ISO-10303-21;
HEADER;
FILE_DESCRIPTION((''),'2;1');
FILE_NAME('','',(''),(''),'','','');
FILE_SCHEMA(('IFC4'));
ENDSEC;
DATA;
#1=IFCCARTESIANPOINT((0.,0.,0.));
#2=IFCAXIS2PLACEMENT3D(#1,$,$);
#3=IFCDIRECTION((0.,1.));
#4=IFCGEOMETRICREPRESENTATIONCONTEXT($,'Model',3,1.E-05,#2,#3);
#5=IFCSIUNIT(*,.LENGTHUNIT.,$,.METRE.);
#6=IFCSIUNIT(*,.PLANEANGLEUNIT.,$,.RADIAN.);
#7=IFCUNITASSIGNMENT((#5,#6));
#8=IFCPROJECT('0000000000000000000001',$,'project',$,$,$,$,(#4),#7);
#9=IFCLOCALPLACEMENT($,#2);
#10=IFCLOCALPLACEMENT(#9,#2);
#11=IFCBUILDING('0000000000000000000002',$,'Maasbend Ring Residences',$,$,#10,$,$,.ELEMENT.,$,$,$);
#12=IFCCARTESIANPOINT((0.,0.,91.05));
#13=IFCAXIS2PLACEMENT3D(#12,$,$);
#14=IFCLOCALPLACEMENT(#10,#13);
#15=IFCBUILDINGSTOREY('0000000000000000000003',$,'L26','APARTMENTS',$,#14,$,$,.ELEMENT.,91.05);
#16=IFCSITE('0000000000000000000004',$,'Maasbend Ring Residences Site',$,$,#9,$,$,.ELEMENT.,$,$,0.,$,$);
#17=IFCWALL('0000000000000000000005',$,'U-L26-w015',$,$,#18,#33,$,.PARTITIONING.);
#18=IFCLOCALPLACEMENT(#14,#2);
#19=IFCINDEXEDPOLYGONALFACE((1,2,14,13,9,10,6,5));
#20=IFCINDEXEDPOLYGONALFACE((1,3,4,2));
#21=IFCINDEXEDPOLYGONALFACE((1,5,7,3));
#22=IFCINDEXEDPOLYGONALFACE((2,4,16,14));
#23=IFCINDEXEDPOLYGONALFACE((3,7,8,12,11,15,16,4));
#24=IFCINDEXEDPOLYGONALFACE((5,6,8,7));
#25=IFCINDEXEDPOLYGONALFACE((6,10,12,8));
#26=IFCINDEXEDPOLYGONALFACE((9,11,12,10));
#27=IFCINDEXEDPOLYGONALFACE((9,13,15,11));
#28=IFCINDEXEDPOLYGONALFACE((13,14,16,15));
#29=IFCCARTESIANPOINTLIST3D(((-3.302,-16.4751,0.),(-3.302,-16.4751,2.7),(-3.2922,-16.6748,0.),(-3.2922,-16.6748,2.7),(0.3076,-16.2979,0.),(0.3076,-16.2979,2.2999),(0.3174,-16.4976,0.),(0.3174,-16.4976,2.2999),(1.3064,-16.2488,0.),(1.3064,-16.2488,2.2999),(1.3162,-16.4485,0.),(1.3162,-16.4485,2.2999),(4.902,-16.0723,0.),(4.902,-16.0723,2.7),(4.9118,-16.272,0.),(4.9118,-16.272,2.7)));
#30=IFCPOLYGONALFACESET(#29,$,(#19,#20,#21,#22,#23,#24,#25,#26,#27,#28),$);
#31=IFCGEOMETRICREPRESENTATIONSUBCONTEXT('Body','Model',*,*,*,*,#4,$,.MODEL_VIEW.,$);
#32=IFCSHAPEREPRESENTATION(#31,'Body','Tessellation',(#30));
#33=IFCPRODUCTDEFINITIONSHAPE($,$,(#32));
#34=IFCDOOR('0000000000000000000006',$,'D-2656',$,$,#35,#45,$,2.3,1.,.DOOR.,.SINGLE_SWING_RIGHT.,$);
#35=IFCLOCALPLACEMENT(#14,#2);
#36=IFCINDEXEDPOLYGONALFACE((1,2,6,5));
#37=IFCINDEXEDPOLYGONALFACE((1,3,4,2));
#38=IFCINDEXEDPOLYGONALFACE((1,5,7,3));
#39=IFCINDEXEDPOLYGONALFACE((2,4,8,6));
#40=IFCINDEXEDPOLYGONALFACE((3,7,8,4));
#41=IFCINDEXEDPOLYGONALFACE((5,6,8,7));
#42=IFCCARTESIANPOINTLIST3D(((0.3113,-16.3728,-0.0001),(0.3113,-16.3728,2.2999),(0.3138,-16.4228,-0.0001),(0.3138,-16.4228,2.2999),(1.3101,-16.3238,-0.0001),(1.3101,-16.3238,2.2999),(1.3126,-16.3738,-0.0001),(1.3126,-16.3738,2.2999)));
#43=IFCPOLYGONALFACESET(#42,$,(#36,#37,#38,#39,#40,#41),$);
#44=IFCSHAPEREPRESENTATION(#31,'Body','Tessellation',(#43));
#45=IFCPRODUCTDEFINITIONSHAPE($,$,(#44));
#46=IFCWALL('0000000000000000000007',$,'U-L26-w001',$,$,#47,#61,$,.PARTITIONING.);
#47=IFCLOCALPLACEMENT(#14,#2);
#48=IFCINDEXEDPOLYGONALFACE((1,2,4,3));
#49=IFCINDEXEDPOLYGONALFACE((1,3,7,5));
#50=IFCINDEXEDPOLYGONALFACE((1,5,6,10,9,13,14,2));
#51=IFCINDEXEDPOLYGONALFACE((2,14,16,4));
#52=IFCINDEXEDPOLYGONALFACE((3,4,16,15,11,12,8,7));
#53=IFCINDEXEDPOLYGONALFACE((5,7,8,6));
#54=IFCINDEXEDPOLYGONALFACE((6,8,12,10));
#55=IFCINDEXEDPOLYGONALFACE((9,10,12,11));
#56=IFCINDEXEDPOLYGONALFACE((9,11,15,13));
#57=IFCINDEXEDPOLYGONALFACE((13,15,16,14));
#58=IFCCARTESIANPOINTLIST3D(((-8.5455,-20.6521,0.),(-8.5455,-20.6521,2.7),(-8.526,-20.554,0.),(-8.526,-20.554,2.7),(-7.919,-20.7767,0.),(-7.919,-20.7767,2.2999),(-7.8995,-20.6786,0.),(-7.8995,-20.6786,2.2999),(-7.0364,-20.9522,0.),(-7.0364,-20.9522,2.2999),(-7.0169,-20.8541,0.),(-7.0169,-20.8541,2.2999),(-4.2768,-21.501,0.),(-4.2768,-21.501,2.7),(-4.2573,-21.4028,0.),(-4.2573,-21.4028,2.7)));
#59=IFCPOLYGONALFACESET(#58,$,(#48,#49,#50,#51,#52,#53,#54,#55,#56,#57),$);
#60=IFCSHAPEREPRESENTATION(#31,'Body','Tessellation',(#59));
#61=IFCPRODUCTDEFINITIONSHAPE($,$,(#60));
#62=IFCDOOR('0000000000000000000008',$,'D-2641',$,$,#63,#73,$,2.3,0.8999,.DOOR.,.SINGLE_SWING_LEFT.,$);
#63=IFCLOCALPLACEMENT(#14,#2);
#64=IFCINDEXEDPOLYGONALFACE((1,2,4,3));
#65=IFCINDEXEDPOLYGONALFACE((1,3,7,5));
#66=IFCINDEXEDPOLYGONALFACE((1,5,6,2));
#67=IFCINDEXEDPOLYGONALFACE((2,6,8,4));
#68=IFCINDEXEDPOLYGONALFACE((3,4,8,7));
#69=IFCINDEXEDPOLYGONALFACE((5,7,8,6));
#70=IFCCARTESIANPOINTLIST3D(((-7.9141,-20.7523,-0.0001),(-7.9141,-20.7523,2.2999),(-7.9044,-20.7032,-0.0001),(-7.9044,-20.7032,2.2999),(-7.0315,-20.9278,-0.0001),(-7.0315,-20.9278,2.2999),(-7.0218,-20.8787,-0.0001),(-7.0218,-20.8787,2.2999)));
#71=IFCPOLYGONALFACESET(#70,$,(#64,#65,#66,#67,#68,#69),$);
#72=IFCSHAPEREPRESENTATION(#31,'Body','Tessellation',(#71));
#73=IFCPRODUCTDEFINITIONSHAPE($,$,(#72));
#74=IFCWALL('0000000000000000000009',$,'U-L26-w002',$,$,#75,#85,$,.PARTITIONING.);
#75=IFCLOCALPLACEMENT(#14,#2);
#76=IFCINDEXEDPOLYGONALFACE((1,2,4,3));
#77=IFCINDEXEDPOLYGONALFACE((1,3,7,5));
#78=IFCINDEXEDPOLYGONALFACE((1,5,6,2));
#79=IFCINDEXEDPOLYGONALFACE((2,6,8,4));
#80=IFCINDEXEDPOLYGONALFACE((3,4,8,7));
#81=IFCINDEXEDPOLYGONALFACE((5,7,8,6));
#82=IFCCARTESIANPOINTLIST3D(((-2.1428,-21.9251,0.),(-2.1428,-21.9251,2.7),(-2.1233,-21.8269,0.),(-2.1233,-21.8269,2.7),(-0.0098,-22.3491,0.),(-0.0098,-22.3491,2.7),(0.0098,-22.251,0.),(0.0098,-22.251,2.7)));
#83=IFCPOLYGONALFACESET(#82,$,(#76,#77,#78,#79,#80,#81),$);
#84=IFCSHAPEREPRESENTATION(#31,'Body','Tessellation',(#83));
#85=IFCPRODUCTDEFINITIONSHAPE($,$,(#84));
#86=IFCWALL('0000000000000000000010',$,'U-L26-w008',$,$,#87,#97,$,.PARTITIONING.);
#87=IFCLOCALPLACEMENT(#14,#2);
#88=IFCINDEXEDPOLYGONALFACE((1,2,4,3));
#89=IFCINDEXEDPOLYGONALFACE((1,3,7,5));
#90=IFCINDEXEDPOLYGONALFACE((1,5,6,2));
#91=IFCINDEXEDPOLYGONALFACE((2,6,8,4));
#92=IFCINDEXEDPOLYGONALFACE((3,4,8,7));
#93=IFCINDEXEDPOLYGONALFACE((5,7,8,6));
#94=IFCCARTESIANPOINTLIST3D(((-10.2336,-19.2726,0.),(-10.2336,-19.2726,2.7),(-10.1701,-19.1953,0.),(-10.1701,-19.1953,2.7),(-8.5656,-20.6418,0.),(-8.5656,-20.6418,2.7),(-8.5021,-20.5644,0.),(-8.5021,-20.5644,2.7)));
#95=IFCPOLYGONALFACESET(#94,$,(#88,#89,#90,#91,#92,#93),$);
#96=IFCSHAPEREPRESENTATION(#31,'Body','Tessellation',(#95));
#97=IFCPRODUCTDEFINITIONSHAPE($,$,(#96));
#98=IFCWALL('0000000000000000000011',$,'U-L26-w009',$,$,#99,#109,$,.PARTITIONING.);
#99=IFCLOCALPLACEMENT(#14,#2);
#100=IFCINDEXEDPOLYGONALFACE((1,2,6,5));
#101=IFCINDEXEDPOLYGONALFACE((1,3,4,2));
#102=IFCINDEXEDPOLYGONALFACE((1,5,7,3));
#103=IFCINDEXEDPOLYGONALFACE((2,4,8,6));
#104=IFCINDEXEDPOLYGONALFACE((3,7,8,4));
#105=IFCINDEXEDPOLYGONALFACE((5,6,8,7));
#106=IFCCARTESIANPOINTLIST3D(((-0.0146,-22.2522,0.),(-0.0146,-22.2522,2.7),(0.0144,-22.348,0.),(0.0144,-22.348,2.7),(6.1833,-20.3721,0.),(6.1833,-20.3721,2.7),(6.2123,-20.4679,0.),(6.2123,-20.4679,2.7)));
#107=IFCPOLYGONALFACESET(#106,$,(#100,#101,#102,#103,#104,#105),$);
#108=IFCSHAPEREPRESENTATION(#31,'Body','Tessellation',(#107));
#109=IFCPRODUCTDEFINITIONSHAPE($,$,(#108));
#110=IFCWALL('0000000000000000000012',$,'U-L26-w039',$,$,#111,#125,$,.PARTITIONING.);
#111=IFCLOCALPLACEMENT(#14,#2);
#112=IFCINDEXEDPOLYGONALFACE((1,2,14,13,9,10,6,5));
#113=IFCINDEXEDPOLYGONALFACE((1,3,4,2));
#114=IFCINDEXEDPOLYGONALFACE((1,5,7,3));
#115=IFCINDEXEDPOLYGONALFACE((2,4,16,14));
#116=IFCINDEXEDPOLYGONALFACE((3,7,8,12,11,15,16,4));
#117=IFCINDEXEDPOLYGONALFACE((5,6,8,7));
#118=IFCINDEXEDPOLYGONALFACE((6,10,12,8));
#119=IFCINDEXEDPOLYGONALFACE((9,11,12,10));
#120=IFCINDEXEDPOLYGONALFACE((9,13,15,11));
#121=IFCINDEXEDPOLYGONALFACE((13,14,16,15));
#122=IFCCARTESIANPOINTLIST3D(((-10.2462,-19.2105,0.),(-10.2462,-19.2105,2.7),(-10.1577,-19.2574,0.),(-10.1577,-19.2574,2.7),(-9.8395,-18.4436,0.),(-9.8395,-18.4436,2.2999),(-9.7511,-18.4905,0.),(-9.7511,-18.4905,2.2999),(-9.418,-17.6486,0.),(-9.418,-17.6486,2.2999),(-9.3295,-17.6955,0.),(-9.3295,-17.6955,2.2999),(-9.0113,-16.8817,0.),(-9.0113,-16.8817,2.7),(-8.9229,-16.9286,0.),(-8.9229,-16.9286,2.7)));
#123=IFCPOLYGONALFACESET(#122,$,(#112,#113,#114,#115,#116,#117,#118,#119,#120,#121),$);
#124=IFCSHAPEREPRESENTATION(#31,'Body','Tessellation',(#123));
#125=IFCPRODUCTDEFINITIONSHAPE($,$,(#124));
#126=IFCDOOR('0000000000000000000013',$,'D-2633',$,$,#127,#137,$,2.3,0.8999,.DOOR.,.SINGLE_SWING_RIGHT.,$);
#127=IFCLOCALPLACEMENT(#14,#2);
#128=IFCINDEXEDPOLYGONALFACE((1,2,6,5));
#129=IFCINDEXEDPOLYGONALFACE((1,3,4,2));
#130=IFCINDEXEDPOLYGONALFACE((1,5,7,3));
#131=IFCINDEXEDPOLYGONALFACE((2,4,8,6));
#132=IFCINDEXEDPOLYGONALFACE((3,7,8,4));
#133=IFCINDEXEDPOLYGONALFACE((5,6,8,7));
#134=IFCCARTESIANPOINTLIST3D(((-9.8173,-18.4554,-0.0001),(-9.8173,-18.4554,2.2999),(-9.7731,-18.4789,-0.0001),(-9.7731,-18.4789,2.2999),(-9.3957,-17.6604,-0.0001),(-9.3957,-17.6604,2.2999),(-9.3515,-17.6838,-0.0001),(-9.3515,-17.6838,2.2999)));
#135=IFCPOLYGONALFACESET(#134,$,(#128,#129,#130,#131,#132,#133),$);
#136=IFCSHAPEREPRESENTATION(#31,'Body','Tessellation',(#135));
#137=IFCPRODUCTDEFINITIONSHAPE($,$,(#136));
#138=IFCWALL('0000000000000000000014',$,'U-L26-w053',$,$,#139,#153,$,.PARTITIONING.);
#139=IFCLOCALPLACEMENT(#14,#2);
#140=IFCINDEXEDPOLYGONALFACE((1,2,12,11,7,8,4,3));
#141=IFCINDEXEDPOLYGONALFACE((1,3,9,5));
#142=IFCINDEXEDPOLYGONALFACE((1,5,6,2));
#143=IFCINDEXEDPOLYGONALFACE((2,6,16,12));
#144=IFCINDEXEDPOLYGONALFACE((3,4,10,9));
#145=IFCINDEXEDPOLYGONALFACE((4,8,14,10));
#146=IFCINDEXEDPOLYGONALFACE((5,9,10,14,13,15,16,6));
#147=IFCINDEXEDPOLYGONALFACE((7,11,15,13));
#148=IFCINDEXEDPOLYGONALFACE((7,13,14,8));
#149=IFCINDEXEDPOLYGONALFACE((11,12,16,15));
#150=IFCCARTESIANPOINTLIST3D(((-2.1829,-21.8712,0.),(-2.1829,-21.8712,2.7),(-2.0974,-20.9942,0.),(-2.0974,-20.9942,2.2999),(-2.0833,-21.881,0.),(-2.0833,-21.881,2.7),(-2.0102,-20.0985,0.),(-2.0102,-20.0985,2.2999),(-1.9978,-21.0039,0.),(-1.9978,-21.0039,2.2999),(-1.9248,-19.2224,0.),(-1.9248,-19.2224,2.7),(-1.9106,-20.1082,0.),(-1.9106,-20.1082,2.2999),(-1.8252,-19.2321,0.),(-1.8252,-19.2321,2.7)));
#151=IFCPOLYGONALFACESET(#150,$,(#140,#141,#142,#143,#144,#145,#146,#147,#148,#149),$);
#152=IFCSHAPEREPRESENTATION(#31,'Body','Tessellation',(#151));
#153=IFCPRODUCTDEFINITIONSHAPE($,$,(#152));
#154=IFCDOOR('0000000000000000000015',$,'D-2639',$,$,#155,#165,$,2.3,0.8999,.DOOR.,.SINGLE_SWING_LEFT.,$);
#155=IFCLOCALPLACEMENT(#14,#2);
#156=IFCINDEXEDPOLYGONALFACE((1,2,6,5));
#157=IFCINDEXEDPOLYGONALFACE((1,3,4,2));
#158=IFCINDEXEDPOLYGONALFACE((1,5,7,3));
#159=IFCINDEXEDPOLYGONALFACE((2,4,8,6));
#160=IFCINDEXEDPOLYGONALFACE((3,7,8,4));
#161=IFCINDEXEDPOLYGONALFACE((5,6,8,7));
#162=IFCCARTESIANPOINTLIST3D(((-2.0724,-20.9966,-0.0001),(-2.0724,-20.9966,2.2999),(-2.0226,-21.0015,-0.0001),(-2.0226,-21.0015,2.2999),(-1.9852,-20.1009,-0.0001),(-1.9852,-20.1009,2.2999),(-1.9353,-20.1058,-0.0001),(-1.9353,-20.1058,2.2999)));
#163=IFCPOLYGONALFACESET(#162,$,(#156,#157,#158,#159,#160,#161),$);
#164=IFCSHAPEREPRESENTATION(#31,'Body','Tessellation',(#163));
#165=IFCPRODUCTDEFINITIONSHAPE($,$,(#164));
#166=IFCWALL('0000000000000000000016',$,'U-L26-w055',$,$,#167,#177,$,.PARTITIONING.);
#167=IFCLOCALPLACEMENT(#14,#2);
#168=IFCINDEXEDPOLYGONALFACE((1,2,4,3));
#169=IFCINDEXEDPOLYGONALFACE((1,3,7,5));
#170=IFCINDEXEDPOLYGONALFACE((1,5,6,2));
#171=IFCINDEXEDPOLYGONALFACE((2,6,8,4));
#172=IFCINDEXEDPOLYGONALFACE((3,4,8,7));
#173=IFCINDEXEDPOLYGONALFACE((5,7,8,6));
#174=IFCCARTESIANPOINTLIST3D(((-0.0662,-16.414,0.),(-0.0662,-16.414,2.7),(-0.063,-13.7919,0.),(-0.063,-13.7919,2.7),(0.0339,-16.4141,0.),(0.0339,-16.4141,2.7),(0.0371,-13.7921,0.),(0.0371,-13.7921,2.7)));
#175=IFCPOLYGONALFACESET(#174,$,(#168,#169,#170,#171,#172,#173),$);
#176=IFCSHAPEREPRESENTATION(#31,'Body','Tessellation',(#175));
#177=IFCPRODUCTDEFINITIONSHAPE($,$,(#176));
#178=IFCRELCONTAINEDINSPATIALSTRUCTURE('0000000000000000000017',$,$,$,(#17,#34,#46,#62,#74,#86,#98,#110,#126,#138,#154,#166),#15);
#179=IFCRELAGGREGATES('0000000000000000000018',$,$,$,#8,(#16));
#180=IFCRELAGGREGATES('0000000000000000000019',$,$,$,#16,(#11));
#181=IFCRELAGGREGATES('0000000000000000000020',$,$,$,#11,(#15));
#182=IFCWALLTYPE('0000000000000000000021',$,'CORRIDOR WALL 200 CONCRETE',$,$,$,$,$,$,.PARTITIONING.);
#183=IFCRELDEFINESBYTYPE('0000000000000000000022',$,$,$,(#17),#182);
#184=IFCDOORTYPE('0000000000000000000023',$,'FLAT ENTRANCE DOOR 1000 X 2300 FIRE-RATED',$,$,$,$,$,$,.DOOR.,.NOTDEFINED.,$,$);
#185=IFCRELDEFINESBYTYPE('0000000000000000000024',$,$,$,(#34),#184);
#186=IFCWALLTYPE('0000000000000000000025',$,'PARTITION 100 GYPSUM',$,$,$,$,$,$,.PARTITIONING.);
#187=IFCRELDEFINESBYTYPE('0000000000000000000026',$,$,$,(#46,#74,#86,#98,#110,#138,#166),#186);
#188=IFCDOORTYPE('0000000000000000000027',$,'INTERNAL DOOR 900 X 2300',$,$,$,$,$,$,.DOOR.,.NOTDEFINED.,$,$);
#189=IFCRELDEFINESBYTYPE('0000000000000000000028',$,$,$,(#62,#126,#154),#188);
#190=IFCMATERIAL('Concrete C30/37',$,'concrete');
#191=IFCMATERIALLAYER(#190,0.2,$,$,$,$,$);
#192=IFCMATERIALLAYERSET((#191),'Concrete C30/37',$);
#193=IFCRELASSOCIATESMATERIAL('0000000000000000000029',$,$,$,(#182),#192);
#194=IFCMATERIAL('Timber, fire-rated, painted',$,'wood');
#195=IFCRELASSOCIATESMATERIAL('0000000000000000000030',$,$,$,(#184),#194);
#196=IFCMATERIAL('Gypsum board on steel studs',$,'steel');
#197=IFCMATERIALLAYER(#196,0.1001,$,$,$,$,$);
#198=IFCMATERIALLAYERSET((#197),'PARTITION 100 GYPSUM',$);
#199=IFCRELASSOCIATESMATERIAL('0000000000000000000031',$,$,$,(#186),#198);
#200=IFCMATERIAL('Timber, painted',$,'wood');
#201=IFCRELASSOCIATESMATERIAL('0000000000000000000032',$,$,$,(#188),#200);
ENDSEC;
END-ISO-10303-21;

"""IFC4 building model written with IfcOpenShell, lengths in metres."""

from ifc_helpers import new_model, si_unit, direction, frame, frame_2d, origin, place, context, subcontext, project, spatial, rectangle, extrude, material, layer, layer_set, type_object, element, fill, save


model = new_model("IFC4")

# Units and contexts
model_context = context("Model", 3, precision=1e-05, world=origin(), true_north=direction((0.0, 1.0)))
body_context = subcontext(model_context, "Body", "Model", "MODEL_VIEW")
ifc_project = project(units=[si_unit("LENGTHUNIT", "METRE"), si_unit("PLANEANGLEUNIT", "RADIAN")], contexts=[model_context])

# Site, building, storey
site_placement = place(None, origin())
site = spatial("IfcSite", under=ifc_project, at=site_placement, Name="Maasbend Ring Residences Site", CompositionType="ELEMENT", RefElevation=0.0)
building_placement = place(site_placement, origin())
building = spatial("IfcBuilding", under=site, at=building_placement, Name="Maasbend Ring Residences", CompositionType="ELEMENT")
storey_placement = place(building_placement, frame((0.0, 0.0, 91.05)))
storey = spatial("IfcBuildingStorey", under=building, at=storey_placement, Name="L26", Description="APARTMENTS", CompositionType="ELEMENT", Elevation=91.05)

# Walls, openings, doors
ifc_material_1 = material(Name="Concrete C30/37", Category="concrete")
ifc_layer_1 = layer(ifc_material_1, 0.2)
ifc_layer_set_1 = layer_set([ifc_layer_1], Name="Concrete C30/37")
wall_type_1 = type_object("IfcWallType", Name="CORRIDOR WALL 200 CONCRETE", PredefinedType="PARTITIONING", material=ifc_layer_set_1)
ifc_material_2 = material(Name="Timber, fire-rated, painted", Category="wood")
door_type_1 = type_object("IfcDoorType", Name="FLAT ENTRANCE DOOR 1000 X 2300 FIRE-RATED", OperationType="NOTDEFINED", PredefinedType="DOOR", material=ifc_material_2)
wall_1_placement = place(storey_placement, frame((-3.2971, -16.575, 0.0), z_axis=(0.0, 0.0, 1.0), x_axis=(0.998797, 0.049042, 0.0)))
wall_1 = element("IfcWall", 1, at=wall_1_placement, inside=storey, type_object=wall_type_1, Name="U-L26-w015", PredefinedType="PARTITIONING", context=body_context, shape_type="SweptSolid", body=[
    extrude(rectangle(XDim=8.2139, YDim=0.2, at=frame_2d((4.1069, 0.0))), origin(), (0.0, 0.0, 1.0), 2.7),
])
opening_1_placement = place(wall_1_placement, frame((3.614, 0.0, 0.0)))
opening_1 = element("IfcOpeningElement", 2, at=opening_1_placement, cuts=wall_1, PredefinedType="OPENING", context=body_context, shape_type="SweptSolid", body=[
    extrude(rectangle(XDim=1.0, YDim=2.3, at=frame_2d((0.5, 1.1499))), frame((0.0, 0.1099, 0.0), z_axis=(0.0, -1.0, 0.0), x_axis=(1.0, 0.0, 0.0)), (0.0, 0.0, 1.0), 0.22),
])
door_1_placement = place(opening_1_placement, origin())
door_1 = element("IfcDoor", 3, at=door_1_placement, inside=storey, type_object=door_type_1, Name="D-2656", OperationType="SINGLE_SWING_RIGHT", OverallHeight=2.3, OverallWidth=1.0, PredefinedType="DOOR", context=body_context, shape_type="SweptSolid", body=[
    extrude(rectangle(XDim=1.0, YDim=2.3, at=frame_2d((0.5, 1.1499))), frame((0.0, 0.0249, 0.0), z_axis=(0.0, -1.0, 0.0), x_axis=(1.0, 0.0, 0.0)), (0.0, 0.0, 1.0), 0.05),
])
fill(opening_1, door_1)
ifc_material_3 = material(Name="Gypsum board on steel studs", Category="steel")
ifc_layer_2 = layer(ifc_material_3, 0.1001)
ifc_layer_set_2 = layer_set([ifc_layer_2], Name="PARTITION 100 GYPSUM")
wall_type_2 = type_object("IfcWallType", Name="PARTITION 100 GYPSUM", PredefinedType="PARTITIONING", material=ifc_layer_set_2)
wall_2_placement = place(storey_placement, frame((-8.5359, -20.603, 0.0), z_axis=(0.0, 0.0, 1.0), x_axis=(0.980796, -0.195037, 0.0)))
wall_2 = element("IfcWall", 4, at=wall_2_placement, inside=storey, type_object=wall_type_2, Name="U-L26-w001", PredefinedType="PARTITIONING", context=body_context, shape_type="SweptSolid", body=[
    extrude(rectangle(XDim=4.3523, YDim=0.1001, at=frame_2d((2.1763, 0.0))), origin(), (0.0, 0.0, 1.0), 2.7),
])
opening_2_placement = place(wall_2_placement, frame((0.6389, 0.0, 0.0)))
opening_2 = element("IfcOpeningElement", 5, at=opening_2_placement, cuts=wall_2, PredefinedType="OPENING", context=body_context, shape_type="SweptSolid", body=[
    extrude(rectangle(XDim=0.8999, YDim=2.3, at=frame_2d((0.45, 1.1499))), frame((0.0, 0.0601, 0.0), z_axis=(0.0, -1.0, 0.0), x_axis=(1.0, 0.0, 0.0)), (0.0, 0.0, 1.0), 0.1201),
])
ifc_material_4 = material(Name="Timber, painted", Category="wood")
door_type_2 = type_object("IfcDoorType", Name="INTERNAL DOOR 900 X 2300", OperationType="NOTDEFINED", PredefinedType="DOOR", material=ifc_material_4)
door_2_placement = place(opening_2_placement, origin())
door_2 = element("IfcDoor", 6, at=door_2_placement, inside=storey, type_object=door_type_2, Name="D-2641", OperationType="SINGLE_SWING_LEFT", OverallHeight=2.3, OverallWidth=0.8999, PredefinedType="DOOR", context=body_context, shape_type="SweptSolid", body=[
    extrude(rectangle(XDim=0.8999, YDim=2.3, at=frame_2d((0.45, 1.1499))), frame((0.0, 0.0249, 0.0), z_axis=(0.0, -1.0, 0.0), x_axis=(1.0, 0.0, 0.0)), (0.0, 0.0, 1.0), 0.05),
])
fill(opening_2, door_2)

# Walls
wall_3_placement = place(storey_placement, frame((-2.1331, -21.876, 0.0), z_axis=(0.0, 0.0, 1.0), x_axis=(0.980805, -0.194993, 0.0)))
element("IfcWall", 7, at=wall_3_placement, inside=storey, type_object=wall_type_2, Name="U-L26-w002", PredefinedType="PARTITIONING", context=body_context, shape_type="SweptSolid", body=[
    extrude(rectangle(XDim=2.1748, YDim=0.1001, at=frame_2d((1.0874, 0.0))), origin(), (0.0, 0.0, 1.0), 2.7),
])
wall_4_placement = place(storey_placement, frame((-10.2019, -19.2339, 0.0), z_axis=(0.0, 0.0, 1.0), x_axis=(0.772948, -0.634469, 0.0)))
element("IfcWall", 8, at=wall_4_placement, inside=storey, type_object=wall_type_2, Name="U-L26-w008", PredefinedType="PARTITIONING", context=body_context, shape_type="SweptSolid", body=[
    extrude(rectangle(XDim=2.158, YDim=0.1001, at=frame_2d((1.0791, 0.0))), origin(), (0.0, 0.0, 1.0), 2.7),
])
wall_5_placement = place(storey_placement, frame((0.0, -22.3, 0.0), z_axis=(0.0, 0.0, 1.0), x_axis=(0.956941, 0.290283, 0.0)))
element("IfcWall", 9, at=wall_5_placement, inside=storey, type_object=wall_type_2, Name="U-L26-w009", PredefinedType="PARTITIONING", context=body_context, shape_type="SweptSolid", body=[
    extrude(rectangle(XDim=6.4768, YDim=0.1001, at=frame_2d((3.2383, 0.0))), origin(), (0.0, 0.0, 1.0), 2.7),
])

# Walls, openings, doors
wall_6_placement = place(storey_placement, frame((-10.2019, -19.2339, 0.0), z_axis=(0.0, 0.0, 1.0), x_axis=(0.468462, 0.883484, 0.0)))
wall_6 = element("IfcWall", 10, at=wall_6_placement, inside=storey, type_object=wall_type_2, Name="U-L26-w039", PredefinedType="PARTITIONING", context=body_context, shape_type="SweptSolid", body=[
    extrude(rectangle(XDim=2.636, YDim=0.1001, at=frame_2d((1.3179, 0.0))), origin(), (0.0, 0.0, 1.0), 2.7),
])
opening_3_placement = place(wall_6_placement, frame((0.8679, 0.0, 0.0)))
opening_3 = element("IfcOpeningElement", 11, at=opening_3_placement, cuts=wall_6, PredefinedType="OPENING", context=body_context, shape_type="SweptSolid", body=[
    extrude(rectangle(XDim=0.8999, YDim=2.3, at=frame_2d((0.45, 1.1499))), frame((0.0, 0.0601, 0.0), z_axis=(0.0, -1.0, 0.0), x_axis=(1.0, 0.0, 0.0)), (0.0, 0.0, 1.0), 0.1201),
])
door_3_placement = place(opening_3_placement, origin())
door_3 = element("IfcDoor", 12, at=door_3_placement, inside=storey, type_object=door_type_2, Name="D-2633", OperationType="SINGLE_SWING_RIGHT", OverallHeight=2.3, OverallWidth=0.8999, PredefinedType="DOOR", context=body_context, shape_type="SweptSolid", body=[
    extrude(rectangle(XDim=0.8999, YDim=2.3, at=frame_2d((0.45, 1.1499))), frame((0.0, 0.0249, 0.0), z_axis=(0.0, -1.0, 0.0), x_axis=(1.0, 0.0, 0.0)), (0.0, 0.0, 1.0), 0.05),
])
fill(opening_3, door_3)
wall_7_placement = place(storey_placement, frame((-2.1331, -21.876, 0.0), z_axis=(0.0, 0.0, 1.0), x_axis=(0.09696, 0.995288, 0.0)))
wall_7 = element("IfcWall", 13, at=wall_7_placement, inside=storey, type_object=wall_type_2, Name="U-L26-w053", PredefinedType="PARTITIONING", context=body_context, shape_type="SweptSolid", body=[
    extrude(rectangle(XDim=2.6614, YDim=0.1001, at=frame_2d((1.3306, 0.0))), origin(), (0.0, 0.0, 1.0), 2.7),
])
opening_4_placement = place(wall_7_placement, frame((0.8811, 0.0, 0.0)))
opening_4 = element("IfcOpeningElement", 14, at=opening_4_placement, cuts=wall_7, PredefinedType="OPENING", context=body_context, shape_type="SweptSolid", body=[
    extrude(rectangle(XDim=0.8999, YDim=2.3, at=frame_2d((0.45, 1.1499))), frame((0.0, 0.0601, 0.0), z_axis=(0.0, -1.0, 0.0), x_axis=(1.0, 0.0, 0.0)), (0.0, 0.0, 1.0), 0.1201),
])
door_4_placement = place(opening_4_placement, origin())
door_4 = element("IfcDoor", 15, at=door_4_placement, inside=storey, type_object=door_type_2, Name="D-2639", OperationType="SINGLE_SWING_LEFT", OverallHeight=2.3, OverallWidth=0.8999, PredefinedType="DOOR", context=body_context, shape_type="SweptSolid", body=[
    extrude(rectangle(XDim=0.8999, YDim=2.3, at=frame_2d((0.45, 1.1499))), frame((0.0, 0.0249, 0.0), z_axis=(0.0, -1.0, 0.0), x_axis=(1.0, 0.0, 0.0)), (0.0, 0.0, 1.0), 0.05),
])
fill(opening_4, door_4)

# Wall
wall_8_placement = place(storey_placement, frame((-0.0161, -16.4141, 0.0), z_axis=(0.0, 0.0, 1.0), x_axis=(0.00121, 0.999999, 0.0)))
element("IfcWall", 16, at=wall_8_placement, inside=storey, type_object=wall_type_2, Name="U-L26-w055", PredefinedType="PARTITIONING", context=body_context, shape_type="SweptSolid", body=[
    extrude(rectangle(XDim=2.6221, YDim=0.1001, at=frame_2d((1.311, 0.0))), origin(), (0.0, 0.0, 1.0), 2.7),
])

save(model, "model.ifc")
